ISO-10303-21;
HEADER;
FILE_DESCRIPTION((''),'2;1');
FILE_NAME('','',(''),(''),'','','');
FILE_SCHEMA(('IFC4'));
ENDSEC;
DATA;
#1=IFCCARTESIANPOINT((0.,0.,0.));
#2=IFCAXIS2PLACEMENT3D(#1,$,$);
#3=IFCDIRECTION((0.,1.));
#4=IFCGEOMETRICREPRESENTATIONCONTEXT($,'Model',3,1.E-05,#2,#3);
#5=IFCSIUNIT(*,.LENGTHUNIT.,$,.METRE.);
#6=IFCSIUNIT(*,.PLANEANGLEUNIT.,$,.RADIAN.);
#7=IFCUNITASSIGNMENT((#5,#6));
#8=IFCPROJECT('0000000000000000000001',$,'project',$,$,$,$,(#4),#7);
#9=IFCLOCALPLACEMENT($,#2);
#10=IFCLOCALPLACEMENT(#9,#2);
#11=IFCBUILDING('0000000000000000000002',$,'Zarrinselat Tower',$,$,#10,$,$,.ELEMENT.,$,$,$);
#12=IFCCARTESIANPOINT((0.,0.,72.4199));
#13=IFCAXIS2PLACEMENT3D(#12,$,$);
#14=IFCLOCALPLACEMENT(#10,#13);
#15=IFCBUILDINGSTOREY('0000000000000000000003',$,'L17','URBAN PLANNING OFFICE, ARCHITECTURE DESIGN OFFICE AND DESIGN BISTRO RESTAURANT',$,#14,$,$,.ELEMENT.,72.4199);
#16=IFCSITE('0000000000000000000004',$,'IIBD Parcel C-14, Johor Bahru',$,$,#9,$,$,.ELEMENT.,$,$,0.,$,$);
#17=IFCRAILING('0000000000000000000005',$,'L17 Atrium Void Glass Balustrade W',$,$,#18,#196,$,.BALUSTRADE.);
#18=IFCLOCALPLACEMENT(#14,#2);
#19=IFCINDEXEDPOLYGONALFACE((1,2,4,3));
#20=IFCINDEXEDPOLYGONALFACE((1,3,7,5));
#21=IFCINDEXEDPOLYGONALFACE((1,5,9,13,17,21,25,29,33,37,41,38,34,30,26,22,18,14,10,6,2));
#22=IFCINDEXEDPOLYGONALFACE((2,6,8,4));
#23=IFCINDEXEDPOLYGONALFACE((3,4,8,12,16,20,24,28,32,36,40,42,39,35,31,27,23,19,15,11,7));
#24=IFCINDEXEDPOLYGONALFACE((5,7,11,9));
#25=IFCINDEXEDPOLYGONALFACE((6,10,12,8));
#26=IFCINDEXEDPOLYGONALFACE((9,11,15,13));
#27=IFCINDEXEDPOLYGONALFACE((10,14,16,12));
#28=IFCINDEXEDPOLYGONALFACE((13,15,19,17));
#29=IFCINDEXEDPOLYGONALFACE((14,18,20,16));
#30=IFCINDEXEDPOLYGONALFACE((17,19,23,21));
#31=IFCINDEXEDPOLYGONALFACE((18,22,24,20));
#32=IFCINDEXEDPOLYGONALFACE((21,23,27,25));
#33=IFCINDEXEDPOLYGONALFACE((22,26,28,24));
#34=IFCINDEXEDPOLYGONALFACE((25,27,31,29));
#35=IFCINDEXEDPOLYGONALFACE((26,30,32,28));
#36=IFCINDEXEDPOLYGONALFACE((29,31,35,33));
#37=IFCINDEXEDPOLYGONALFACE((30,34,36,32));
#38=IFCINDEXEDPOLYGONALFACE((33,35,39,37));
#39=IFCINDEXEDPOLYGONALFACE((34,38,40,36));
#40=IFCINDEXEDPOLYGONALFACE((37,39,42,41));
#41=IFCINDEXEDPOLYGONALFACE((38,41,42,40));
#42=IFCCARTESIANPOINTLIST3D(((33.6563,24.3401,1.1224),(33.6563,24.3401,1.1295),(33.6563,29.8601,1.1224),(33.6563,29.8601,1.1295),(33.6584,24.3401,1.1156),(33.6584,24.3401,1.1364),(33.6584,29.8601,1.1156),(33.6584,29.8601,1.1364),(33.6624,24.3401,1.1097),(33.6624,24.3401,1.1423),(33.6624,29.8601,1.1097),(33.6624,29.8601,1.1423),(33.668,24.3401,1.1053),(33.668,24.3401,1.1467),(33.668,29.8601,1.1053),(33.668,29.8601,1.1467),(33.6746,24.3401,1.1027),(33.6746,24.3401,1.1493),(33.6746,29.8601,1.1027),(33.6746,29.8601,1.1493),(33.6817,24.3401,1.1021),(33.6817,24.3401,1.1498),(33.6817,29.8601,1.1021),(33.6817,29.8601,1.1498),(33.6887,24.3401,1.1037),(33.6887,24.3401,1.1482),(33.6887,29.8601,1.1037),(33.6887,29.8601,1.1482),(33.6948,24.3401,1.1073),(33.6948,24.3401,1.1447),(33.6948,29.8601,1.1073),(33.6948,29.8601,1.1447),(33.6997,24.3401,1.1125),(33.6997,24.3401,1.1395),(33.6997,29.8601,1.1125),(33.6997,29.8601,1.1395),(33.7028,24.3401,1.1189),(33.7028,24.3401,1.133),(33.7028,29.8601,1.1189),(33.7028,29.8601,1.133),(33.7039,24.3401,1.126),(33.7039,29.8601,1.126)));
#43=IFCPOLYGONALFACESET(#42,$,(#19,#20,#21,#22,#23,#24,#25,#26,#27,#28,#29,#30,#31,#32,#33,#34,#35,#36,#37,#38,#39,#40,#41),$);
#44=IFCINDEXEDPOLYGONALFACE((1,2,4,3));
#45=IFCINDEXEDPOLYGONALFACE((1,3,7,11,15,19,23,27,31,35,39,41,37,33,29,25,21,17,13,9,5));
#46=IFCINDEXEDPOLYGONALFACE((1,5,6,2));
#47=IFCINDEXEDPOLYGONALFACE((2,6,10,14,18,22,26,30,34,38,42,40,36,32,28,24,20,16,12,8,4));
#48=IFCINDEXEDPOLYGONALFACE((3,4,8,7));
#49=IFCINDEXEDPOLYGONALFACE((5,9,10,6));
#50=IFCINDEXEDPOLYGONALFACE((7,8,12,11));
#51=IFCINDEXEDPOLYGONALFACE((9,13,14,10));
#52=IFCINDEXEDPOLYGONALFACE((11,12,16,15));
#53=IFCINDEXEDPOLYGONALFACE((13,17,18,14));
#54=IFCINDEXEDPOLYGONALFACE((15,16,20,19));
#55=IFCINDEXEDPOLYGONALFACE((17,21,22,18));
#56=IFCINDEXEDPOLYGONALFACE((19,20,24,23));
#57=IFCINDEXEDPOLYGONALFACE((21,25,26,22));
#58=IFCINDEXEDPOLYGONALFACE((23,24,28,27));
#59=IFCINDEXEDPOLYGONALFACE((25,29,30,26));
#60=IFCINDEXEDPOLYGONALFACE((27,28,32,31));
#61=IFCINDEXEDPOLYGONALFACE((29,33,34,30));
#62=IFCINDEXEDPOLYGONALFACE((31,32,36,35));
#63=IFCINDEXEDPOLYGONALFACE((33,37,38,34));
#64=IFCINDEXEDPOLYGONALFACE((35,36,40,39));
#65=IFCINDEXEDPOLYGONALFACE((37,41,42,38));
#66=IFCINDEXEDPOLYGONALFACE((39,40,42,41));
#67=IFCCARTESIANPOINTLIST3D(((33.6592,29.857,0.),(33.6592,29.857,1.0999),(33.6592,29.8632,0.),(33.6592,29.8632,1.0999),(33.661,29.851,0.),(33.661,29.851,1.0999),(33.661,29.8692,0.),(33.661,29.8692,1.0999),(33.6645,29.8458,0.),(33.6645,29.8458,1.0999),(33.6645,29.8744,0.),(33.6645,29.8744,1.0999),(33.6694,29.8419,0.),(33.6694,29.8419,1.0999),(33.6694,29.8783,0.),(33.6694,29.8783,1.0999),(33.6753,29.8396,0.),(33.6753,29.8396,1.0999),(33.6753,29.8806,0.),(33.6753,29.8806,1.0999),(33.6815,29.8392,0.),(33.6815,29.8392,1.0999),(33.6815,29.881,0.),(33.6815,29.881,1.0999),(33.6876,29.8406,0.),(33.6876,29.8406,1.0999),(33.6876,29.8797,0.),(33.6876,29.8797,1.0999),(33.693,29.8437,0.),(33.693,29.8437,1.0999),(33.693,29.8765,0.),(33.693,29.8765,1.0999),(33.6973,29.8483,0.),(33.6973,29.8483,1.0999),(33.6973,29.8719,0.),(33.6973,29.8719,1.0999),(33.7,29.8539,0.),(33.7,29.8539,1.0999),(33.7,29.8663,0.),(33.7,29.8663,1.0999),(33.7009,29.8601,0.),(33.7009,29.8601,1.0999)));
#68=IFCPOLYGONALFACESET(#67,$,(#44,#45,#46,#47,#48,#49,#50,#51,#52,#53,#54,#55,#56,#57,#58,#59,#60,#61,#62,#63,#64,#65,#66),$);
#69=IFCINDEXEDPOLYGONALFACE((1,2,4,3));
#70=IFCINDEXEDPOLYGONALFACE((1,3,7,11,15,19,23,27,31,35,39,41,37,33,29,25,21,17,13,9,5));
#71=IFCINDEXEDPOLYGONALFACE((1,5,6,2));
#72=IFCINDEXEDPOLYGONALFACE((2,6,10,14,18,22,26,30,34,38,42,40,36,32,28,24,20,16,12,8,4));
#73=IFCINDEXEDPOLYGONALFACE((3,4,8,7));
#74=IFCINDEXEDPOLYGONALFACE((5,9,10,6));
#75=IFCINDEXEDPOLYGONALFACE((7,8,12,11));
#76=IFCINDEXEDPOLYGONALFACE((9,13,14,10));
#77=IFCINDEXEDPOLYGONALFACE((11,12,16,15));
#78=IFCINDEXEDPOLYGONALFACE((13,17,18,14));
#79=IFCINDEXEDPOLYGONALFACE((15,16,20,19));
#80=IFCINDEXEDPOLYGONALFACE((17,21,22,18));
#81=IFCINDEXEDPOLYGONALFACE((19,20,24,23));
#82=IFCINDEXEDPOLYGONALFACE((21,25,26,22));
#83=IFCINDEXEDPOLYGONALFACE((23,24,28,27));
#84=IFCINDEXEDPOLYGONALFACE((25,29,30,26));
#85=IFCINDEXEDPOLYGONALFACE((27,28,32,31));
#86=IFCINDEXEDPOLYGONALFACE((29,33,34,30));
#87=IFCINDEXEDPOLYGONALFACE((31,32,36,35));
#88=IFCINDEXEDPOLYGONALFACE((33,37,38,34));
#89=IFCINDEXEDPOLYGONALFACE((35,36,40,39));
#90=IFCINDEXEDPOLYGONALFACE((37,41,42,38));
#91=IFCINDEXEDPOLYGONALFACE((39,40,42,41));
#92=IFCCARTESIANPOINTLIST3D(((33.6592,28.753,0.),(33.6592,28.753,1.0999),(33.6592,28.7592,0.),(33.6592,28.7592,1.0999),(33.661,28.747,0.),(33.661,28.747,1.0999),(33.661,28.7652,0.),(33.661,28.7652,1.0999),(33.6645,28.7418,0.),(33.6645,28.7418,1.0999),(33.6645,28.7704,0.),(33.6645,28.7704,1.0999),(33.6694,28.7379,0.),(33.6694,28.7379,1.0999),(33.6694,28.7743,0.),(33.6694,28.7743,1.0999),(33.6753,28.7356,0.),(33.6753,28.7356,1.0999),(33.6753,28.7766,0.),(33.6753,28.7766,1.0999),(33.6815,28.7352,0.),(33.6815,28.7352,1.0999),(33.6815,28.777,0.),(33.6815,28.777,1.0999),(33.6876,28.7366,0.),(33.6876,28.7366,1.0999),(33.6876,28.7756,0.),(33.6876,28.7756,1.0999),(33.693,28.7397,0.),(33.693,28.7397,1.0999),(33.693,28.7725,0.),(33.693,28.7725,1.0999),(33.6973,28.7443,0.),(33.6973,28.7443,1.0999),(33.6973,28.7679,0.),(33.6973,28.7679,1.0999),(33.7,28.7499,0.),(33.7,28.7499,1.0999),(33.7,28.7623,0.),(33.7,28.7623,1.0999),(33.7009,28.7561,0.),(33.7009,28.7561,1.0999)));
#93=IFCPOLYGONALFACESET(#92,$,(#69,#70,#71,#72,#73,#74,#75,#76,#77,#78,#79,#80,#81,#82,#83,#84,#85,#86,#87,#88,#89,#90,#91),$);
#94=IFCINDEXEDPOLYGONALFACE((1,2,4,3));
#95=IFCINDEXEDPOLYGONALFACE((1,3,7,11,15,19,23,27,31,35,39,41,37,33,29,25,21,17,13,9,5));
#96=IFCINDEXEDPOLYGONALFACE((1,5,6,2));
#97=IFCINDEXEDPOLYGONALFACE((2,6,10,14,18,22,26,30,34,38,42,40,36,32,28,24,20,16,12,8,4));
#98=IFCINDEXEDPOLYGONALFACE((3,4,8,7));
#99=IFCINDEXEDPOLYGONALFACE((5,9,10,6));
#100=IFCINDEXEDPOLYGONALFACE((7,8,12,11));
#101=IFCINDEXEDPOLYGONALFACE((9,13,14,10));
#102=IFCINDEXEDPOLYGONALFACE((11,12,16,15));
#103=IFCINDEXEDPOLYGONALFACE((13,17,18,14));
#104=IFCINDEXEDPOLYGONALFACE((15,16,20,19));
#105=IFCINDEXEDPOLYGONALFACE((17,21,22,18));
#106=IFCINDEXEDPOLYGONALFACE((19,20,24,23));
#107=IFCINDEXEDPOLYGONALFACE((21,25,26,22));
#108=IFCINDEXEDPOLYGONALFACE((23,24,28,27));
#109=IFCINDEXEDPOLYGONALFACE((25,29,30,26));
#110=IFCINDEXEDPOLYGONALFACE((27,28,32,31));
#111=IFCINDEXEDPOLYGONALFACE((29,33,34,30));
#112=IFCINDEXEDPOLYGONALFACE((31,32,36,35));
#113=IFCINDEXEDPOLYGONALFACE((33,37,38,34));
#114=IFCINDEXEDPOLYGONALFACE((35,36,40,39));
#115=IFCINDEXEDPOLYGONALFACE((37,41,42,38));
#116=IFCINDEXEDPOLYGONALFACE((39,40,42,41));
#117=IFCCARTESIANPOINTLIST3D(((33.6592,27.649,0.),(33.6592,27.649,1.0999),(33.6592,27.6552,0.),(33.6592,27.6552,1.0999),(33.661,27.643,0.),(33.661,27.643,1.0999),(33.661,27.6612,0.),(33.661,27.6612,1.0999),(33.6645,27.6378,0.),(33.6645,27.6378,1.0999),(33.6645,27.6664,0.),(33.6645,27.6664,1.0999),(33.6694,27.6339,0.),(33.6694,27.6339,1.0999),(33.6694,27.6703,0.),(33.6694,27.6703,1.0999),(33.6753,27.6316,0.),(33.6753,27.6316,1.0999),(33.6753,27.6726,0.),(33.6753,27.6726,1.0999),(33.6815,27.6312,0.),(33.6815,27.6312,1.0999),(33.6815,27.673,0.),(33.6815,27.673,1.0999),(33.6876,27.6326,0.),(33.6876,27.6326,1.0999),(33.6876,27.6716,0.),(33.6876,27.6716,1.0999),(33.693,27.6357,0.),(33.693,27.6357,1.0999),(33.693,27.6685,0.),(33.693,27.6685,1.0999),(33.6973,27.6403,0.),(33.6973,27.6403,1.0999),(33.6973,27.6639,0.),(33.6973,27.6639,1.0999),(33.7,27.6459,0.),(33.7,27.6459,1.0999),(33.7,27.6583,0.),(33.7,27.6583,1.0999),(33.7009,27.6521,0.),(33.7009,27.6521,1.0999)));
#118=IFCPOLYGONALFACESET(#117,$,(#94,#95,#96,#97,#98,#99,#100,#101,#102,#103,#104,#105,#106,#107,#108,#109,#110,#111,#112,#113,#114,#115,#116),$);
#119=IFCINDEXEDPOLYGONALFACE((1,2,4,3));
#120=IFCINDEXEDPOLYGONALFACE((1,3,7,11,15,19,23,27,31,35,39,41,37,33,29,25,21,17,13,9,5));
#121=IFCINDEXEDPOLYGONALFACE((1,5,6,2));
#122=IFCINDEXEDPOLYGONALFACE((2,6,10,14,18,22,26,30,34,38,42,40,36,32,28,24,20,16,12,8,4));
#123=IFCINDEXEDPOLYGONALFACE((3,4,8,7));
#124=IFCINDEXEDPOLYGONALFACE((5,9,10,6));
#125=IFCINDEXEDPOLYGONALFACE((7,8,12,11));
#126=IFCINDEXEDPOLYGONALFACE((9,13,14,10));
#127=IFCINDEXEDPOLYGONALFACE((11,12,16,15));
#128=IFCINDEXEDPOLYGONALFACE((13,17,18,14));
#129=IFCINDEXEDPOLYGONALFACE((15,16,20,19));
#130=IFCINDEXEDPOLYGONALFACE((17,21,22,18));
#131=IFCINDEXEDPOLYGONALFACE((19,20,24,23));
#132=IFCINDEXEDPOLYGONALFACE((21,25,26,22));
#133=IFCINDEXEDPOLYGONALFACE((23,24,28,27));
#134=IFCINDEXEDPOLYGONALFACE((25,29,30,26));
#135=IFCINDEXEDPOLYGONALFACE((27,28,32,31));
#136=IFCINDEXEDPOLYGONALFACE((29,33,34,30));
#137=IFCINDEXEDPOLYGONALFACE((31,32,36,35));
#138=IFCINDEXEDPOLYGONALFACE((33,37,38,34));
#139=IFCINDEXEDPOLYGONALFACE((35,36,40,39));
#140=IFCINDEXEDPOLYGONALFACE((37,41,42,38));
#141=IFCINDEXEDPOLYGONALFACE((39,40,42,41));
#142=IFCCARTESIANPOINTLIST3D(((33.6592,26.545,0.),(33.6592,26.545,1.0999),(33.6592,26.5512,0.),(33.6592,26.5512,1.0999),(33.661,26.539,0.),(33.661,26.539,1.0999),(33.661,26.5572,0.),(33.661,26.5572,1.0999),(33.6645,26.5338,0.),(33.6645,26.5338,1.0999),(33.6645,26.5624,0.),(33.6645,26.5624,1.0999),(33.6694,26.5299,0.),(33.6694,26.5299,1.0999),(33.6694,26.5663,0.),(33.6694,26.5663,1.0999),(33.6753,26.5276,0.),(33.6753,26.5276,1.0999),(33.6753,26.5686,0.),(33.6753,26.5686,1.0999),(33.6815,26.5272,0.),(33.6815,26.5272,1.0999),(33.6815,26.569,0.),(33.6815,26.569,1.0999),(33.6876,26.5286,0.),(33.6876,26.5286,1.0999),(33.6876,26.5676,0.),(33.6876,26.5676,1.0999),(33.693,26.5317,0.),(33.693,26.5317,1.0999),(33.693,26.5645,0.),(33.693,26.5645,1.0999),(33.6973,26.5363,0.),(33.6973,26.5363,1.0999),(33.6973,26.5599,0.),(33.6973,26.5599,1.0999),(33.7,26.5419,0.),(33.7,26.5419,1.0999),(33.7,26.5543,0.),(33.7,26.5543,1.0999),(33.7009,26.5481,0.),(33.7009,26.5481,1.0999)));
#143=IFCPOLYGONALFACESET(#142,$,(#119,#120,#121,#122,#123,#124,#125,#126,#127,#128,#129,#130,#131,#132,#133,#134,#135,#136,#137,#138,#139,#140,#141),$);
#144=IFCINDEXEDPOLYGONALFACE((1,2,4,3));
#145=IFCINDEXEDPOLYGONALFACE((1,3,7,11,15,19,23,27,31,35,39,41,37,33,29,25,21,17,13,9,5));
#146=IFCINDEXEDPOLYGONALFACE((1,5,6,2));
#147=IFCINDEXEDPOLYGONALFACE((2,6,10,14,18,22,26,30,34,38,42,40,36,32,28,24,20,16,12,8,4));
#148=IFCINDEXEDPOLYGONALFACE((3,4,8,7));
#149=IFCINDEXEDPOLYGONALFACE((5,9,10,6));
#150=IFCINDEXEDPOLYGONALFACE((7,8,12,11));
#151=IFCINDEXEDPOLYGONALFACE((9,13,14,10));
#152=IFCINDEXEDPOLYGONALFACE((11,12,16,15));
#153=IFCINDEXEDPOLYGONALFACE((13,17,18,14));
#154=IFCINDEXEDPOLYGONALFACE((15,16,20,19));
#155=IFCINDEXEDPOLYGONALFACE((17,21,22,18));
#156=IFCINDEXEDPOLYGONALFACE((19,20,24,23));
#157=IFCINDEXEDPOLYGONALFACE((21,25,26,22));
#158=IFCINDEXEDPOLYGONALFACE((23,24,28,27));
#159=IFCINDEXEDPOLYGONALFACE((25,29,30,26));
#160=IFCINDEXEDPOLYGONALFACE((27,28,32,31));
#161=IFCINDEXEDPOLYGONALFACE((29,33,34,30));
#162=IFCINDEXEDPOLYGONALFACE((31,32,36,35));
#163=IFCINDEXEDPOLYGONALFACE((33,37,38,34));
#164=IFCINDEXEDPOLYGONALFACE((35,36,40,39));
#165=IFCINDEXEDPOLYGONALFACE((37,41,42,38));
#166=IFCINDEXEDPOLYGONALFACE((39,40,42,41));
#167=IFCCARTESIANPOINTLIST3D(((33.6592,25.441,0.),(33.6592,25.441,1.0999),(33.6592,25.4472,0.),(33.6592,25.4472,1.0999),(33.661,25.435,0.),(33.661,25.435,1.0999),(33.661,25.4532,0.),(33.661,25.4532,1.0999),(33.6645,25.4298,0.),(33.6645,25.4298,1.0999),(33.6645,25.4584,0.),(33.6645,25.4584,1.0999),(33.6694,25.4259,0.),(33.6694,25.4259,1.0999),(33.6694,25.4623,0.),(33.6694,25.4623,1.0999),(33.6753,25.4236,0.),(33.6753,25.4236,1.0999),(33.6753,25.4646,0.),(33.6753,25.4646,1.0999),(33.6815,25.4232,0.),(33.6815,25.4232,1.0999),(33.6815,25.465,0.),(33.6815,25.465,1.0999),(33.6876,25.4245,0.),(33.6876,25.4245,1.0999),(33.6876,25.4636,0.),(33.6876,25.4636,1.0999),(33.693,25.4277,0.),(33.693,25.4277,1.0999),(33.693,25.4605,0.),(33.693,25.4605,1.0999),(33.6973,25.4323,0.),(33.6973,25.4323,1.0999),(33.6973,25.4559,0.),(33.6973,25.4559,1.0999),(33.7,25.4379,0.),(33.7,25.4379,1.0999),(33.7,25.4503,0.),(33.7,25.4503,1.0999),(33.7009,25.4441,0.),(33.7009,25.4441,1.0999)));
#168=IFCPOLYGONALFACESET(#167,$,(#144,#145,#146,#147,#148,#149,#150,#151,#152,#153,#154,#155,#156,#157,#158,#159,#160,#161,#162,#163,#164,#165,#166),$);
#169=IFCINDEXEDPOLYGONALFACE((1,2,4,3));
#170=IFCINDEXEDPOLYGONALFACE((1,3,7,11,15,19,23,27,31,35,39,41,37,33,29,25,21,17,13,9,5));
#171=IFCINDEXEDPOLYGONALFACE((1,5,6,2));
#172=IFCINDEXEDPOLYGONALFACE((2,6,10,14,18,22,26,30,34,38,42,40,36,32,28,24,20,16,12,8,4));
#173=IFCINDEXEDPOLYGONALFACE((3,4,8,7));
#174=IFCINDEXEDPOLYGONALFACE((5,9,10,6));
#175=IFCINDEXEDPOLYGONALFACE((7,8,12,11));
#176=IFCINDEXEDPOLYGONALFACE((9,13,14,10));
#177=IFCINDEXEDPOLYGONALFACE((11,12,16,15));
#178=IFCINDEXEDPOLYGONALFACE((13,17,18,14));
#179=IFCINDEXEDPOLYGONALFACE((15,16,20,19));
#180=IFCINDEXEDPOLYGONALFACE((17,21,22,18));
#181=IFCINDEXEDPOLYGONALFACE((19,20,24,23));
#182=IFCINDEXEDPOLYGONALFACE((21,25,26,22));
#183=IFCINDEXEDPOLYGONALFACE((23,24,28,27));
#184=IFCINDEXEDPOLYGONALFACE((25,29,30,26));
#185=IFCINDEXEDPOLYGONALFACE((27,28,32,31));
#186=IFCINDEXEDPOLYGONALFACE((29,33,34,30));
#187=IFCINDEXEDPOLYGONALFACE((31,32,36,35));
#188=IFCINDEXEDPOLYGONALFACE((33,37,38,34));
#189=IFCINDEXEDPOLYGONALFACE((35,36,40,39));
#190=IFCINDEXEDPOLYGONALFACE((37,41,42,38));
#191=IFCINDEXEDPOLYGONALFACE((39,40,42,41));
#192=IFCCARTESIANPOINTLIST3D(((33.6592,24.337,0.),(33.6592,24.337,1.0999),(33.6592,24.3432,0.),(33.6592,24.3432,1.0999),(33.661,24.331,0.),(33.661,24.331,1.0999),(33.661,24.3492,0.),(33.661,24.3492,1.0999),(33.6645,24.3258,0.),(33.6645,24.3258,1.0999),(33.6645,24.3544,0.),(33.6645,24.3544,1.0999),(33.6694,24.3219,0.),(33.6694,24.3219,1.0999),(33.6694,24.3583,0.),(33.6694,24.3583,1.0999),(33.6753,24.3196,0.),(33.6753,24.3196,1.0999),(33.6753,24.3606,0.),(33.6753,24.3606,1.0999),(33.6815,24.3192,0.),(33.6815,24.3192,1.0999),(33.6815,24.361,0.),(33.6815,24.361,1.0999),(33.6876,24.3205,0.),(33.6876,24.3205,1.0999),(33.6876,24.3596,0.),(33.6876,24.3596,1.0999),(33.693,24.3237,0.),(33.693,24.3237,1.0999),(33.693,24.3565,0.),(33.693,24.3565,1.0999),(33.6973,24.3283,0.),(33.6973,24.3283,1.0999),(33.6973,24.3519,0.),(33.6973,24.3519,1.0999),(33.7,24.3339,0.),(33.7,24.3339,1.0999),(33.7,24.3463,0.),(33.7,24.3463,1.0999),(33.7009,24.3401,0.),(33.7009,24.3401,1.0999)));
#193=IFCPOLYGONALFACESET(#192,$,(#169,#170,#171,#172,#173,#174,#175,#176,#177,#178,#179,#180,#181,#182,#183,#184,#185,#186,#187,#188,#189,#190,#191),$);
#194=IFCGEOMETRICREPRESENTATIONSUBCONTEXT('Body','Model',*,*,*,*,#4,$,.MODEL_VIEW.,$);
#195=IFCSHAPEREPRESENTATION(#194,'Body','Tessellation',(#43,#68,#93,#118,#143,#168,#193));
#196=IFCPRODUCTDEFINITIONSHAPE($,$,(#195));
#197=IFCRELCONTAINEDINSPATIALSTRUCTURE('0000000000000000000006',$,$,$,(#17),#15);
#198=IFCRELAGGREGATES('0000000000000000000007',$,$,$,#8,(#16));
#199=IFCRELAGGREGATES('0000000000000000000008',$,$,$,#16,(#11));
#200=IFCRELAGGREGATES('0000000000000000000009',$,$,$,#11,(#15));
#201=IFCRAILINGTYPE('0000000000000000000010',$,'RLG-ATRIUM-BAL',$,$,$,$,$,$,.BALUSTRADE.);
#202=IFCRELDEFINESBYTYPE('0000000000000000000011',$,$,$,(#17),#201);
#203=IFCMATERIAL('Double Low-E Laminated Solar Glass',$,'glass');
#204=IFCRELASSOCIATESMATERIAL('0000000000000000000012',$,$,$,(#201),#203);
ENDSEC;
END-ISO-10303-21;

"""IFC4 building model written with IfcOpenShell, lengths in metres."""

from ifc_helpers import new_model, si_unit, direction, frame, origin, origin_2d, place, context, subcontext, project, spatial, circle, extrude, material, type_object, element, save


model = new_model("IFC4")

# Units and contexts
model_context = context("Model", 3, precision=1e-05, world=origin(), true_north=direction((0.0, 1.0)))
body_context = subcontext(model_context, "Body", "Model", "MODEL_VIEW")
ifc_project = project(units=[si_unit("LENGTHUNIT", "METRE"), si_unit("PLANEANGLEUNIT", "RADIAN")], contexts=[model_context])

# Site, building, storey
site_placement = place(None, origin())
site = spatial("IfcSite", under=ifc_project, at=site_placement, Name="IIBD Parcel C-14, Johor Bahru", CompositionType="ELEMENT", RefElevation=0.0)
building_placement = place(site_placement, origin())
building = spatial("IfcBuilding", under=site, at=building_placement, Name="Zarrinselat Tower", CompositionType="ELEMENT")
storey_placement = place(building_placement, frame((0.0, 0.0, 72.4199)))
storey = spatial("IfcBuildingStorey", under=building, at=storey_placement, Name="L17", Description="URBAN PLANNING OFFICE, ARCHITECTURE DESIGN OFFICE AND DESIGN BISTRO RESTAURANT", CompositionType="ELEMENT", Elevation=72.4199)

# Railing
ifc_material_1 = material(Name="Double Low-E Laminated Solar Glass", Category="glass")
railing_type = type_object("IfcRailingType", Name="RLG-ATRIUM-BAL", PredefinedType="BALUSTRADE", material=ifc_material_1)
railing_1_placement = place(storey_placement, frame((33.6799, 29.8601, 0.0)))
element("IfcRailing", 1, at=railing_1_placement, inside=storey, type_object=railing_type, Name="L17 Atrium Void Glass Balustrade W", PredefinedType="BALUSTRADE", context=body_context, shape_type="SweptSolid", body=[
    extrude(circle(Radius=0.0239, at=origin_2d()), frame((0.0, 0.0, 1.126), z_axis=(0.0, -1.0, 0.0), x_axis=(1.0, 0.0, 0.0)), (0.0, 0.0, 1.0), 5.52),
    extrude(circle(Radius=0.021, at=origin_2d()), origin(), (0.0, 0.0, 1.0), 1.0999),
    extrude(circle(Radius=0.021, at=origin_2d()), frame((0.0, -1.104, 0.0)), (0.0, 0.0, 1.0), 1.0999),
    extrude(circle(Radius=0.021, at=origin_2d()), frame((0.0, -2.208, 0.0)), (0.0, 0.0, 1.0), 1.0999),
    extrude(circle(Radius=0.021, at=origin_2d()), frame((0.0, -3.312, 0.0)), (0.0, 0.0, 1.0), 1.0999),
    extrude(circle(Radius=0.021, at=origin_2d()), frame((0.0, -4.416, 0.0)), (0.0, 0.0, 1.0), 1.0999),
    extrude(circle(Radius=0.021, at=origin_2d()), frame((0.0, -5.52, 0.0)), (0.0, 0.0, 1.0), 1.0999),
])

save(model, "model.ifc")
